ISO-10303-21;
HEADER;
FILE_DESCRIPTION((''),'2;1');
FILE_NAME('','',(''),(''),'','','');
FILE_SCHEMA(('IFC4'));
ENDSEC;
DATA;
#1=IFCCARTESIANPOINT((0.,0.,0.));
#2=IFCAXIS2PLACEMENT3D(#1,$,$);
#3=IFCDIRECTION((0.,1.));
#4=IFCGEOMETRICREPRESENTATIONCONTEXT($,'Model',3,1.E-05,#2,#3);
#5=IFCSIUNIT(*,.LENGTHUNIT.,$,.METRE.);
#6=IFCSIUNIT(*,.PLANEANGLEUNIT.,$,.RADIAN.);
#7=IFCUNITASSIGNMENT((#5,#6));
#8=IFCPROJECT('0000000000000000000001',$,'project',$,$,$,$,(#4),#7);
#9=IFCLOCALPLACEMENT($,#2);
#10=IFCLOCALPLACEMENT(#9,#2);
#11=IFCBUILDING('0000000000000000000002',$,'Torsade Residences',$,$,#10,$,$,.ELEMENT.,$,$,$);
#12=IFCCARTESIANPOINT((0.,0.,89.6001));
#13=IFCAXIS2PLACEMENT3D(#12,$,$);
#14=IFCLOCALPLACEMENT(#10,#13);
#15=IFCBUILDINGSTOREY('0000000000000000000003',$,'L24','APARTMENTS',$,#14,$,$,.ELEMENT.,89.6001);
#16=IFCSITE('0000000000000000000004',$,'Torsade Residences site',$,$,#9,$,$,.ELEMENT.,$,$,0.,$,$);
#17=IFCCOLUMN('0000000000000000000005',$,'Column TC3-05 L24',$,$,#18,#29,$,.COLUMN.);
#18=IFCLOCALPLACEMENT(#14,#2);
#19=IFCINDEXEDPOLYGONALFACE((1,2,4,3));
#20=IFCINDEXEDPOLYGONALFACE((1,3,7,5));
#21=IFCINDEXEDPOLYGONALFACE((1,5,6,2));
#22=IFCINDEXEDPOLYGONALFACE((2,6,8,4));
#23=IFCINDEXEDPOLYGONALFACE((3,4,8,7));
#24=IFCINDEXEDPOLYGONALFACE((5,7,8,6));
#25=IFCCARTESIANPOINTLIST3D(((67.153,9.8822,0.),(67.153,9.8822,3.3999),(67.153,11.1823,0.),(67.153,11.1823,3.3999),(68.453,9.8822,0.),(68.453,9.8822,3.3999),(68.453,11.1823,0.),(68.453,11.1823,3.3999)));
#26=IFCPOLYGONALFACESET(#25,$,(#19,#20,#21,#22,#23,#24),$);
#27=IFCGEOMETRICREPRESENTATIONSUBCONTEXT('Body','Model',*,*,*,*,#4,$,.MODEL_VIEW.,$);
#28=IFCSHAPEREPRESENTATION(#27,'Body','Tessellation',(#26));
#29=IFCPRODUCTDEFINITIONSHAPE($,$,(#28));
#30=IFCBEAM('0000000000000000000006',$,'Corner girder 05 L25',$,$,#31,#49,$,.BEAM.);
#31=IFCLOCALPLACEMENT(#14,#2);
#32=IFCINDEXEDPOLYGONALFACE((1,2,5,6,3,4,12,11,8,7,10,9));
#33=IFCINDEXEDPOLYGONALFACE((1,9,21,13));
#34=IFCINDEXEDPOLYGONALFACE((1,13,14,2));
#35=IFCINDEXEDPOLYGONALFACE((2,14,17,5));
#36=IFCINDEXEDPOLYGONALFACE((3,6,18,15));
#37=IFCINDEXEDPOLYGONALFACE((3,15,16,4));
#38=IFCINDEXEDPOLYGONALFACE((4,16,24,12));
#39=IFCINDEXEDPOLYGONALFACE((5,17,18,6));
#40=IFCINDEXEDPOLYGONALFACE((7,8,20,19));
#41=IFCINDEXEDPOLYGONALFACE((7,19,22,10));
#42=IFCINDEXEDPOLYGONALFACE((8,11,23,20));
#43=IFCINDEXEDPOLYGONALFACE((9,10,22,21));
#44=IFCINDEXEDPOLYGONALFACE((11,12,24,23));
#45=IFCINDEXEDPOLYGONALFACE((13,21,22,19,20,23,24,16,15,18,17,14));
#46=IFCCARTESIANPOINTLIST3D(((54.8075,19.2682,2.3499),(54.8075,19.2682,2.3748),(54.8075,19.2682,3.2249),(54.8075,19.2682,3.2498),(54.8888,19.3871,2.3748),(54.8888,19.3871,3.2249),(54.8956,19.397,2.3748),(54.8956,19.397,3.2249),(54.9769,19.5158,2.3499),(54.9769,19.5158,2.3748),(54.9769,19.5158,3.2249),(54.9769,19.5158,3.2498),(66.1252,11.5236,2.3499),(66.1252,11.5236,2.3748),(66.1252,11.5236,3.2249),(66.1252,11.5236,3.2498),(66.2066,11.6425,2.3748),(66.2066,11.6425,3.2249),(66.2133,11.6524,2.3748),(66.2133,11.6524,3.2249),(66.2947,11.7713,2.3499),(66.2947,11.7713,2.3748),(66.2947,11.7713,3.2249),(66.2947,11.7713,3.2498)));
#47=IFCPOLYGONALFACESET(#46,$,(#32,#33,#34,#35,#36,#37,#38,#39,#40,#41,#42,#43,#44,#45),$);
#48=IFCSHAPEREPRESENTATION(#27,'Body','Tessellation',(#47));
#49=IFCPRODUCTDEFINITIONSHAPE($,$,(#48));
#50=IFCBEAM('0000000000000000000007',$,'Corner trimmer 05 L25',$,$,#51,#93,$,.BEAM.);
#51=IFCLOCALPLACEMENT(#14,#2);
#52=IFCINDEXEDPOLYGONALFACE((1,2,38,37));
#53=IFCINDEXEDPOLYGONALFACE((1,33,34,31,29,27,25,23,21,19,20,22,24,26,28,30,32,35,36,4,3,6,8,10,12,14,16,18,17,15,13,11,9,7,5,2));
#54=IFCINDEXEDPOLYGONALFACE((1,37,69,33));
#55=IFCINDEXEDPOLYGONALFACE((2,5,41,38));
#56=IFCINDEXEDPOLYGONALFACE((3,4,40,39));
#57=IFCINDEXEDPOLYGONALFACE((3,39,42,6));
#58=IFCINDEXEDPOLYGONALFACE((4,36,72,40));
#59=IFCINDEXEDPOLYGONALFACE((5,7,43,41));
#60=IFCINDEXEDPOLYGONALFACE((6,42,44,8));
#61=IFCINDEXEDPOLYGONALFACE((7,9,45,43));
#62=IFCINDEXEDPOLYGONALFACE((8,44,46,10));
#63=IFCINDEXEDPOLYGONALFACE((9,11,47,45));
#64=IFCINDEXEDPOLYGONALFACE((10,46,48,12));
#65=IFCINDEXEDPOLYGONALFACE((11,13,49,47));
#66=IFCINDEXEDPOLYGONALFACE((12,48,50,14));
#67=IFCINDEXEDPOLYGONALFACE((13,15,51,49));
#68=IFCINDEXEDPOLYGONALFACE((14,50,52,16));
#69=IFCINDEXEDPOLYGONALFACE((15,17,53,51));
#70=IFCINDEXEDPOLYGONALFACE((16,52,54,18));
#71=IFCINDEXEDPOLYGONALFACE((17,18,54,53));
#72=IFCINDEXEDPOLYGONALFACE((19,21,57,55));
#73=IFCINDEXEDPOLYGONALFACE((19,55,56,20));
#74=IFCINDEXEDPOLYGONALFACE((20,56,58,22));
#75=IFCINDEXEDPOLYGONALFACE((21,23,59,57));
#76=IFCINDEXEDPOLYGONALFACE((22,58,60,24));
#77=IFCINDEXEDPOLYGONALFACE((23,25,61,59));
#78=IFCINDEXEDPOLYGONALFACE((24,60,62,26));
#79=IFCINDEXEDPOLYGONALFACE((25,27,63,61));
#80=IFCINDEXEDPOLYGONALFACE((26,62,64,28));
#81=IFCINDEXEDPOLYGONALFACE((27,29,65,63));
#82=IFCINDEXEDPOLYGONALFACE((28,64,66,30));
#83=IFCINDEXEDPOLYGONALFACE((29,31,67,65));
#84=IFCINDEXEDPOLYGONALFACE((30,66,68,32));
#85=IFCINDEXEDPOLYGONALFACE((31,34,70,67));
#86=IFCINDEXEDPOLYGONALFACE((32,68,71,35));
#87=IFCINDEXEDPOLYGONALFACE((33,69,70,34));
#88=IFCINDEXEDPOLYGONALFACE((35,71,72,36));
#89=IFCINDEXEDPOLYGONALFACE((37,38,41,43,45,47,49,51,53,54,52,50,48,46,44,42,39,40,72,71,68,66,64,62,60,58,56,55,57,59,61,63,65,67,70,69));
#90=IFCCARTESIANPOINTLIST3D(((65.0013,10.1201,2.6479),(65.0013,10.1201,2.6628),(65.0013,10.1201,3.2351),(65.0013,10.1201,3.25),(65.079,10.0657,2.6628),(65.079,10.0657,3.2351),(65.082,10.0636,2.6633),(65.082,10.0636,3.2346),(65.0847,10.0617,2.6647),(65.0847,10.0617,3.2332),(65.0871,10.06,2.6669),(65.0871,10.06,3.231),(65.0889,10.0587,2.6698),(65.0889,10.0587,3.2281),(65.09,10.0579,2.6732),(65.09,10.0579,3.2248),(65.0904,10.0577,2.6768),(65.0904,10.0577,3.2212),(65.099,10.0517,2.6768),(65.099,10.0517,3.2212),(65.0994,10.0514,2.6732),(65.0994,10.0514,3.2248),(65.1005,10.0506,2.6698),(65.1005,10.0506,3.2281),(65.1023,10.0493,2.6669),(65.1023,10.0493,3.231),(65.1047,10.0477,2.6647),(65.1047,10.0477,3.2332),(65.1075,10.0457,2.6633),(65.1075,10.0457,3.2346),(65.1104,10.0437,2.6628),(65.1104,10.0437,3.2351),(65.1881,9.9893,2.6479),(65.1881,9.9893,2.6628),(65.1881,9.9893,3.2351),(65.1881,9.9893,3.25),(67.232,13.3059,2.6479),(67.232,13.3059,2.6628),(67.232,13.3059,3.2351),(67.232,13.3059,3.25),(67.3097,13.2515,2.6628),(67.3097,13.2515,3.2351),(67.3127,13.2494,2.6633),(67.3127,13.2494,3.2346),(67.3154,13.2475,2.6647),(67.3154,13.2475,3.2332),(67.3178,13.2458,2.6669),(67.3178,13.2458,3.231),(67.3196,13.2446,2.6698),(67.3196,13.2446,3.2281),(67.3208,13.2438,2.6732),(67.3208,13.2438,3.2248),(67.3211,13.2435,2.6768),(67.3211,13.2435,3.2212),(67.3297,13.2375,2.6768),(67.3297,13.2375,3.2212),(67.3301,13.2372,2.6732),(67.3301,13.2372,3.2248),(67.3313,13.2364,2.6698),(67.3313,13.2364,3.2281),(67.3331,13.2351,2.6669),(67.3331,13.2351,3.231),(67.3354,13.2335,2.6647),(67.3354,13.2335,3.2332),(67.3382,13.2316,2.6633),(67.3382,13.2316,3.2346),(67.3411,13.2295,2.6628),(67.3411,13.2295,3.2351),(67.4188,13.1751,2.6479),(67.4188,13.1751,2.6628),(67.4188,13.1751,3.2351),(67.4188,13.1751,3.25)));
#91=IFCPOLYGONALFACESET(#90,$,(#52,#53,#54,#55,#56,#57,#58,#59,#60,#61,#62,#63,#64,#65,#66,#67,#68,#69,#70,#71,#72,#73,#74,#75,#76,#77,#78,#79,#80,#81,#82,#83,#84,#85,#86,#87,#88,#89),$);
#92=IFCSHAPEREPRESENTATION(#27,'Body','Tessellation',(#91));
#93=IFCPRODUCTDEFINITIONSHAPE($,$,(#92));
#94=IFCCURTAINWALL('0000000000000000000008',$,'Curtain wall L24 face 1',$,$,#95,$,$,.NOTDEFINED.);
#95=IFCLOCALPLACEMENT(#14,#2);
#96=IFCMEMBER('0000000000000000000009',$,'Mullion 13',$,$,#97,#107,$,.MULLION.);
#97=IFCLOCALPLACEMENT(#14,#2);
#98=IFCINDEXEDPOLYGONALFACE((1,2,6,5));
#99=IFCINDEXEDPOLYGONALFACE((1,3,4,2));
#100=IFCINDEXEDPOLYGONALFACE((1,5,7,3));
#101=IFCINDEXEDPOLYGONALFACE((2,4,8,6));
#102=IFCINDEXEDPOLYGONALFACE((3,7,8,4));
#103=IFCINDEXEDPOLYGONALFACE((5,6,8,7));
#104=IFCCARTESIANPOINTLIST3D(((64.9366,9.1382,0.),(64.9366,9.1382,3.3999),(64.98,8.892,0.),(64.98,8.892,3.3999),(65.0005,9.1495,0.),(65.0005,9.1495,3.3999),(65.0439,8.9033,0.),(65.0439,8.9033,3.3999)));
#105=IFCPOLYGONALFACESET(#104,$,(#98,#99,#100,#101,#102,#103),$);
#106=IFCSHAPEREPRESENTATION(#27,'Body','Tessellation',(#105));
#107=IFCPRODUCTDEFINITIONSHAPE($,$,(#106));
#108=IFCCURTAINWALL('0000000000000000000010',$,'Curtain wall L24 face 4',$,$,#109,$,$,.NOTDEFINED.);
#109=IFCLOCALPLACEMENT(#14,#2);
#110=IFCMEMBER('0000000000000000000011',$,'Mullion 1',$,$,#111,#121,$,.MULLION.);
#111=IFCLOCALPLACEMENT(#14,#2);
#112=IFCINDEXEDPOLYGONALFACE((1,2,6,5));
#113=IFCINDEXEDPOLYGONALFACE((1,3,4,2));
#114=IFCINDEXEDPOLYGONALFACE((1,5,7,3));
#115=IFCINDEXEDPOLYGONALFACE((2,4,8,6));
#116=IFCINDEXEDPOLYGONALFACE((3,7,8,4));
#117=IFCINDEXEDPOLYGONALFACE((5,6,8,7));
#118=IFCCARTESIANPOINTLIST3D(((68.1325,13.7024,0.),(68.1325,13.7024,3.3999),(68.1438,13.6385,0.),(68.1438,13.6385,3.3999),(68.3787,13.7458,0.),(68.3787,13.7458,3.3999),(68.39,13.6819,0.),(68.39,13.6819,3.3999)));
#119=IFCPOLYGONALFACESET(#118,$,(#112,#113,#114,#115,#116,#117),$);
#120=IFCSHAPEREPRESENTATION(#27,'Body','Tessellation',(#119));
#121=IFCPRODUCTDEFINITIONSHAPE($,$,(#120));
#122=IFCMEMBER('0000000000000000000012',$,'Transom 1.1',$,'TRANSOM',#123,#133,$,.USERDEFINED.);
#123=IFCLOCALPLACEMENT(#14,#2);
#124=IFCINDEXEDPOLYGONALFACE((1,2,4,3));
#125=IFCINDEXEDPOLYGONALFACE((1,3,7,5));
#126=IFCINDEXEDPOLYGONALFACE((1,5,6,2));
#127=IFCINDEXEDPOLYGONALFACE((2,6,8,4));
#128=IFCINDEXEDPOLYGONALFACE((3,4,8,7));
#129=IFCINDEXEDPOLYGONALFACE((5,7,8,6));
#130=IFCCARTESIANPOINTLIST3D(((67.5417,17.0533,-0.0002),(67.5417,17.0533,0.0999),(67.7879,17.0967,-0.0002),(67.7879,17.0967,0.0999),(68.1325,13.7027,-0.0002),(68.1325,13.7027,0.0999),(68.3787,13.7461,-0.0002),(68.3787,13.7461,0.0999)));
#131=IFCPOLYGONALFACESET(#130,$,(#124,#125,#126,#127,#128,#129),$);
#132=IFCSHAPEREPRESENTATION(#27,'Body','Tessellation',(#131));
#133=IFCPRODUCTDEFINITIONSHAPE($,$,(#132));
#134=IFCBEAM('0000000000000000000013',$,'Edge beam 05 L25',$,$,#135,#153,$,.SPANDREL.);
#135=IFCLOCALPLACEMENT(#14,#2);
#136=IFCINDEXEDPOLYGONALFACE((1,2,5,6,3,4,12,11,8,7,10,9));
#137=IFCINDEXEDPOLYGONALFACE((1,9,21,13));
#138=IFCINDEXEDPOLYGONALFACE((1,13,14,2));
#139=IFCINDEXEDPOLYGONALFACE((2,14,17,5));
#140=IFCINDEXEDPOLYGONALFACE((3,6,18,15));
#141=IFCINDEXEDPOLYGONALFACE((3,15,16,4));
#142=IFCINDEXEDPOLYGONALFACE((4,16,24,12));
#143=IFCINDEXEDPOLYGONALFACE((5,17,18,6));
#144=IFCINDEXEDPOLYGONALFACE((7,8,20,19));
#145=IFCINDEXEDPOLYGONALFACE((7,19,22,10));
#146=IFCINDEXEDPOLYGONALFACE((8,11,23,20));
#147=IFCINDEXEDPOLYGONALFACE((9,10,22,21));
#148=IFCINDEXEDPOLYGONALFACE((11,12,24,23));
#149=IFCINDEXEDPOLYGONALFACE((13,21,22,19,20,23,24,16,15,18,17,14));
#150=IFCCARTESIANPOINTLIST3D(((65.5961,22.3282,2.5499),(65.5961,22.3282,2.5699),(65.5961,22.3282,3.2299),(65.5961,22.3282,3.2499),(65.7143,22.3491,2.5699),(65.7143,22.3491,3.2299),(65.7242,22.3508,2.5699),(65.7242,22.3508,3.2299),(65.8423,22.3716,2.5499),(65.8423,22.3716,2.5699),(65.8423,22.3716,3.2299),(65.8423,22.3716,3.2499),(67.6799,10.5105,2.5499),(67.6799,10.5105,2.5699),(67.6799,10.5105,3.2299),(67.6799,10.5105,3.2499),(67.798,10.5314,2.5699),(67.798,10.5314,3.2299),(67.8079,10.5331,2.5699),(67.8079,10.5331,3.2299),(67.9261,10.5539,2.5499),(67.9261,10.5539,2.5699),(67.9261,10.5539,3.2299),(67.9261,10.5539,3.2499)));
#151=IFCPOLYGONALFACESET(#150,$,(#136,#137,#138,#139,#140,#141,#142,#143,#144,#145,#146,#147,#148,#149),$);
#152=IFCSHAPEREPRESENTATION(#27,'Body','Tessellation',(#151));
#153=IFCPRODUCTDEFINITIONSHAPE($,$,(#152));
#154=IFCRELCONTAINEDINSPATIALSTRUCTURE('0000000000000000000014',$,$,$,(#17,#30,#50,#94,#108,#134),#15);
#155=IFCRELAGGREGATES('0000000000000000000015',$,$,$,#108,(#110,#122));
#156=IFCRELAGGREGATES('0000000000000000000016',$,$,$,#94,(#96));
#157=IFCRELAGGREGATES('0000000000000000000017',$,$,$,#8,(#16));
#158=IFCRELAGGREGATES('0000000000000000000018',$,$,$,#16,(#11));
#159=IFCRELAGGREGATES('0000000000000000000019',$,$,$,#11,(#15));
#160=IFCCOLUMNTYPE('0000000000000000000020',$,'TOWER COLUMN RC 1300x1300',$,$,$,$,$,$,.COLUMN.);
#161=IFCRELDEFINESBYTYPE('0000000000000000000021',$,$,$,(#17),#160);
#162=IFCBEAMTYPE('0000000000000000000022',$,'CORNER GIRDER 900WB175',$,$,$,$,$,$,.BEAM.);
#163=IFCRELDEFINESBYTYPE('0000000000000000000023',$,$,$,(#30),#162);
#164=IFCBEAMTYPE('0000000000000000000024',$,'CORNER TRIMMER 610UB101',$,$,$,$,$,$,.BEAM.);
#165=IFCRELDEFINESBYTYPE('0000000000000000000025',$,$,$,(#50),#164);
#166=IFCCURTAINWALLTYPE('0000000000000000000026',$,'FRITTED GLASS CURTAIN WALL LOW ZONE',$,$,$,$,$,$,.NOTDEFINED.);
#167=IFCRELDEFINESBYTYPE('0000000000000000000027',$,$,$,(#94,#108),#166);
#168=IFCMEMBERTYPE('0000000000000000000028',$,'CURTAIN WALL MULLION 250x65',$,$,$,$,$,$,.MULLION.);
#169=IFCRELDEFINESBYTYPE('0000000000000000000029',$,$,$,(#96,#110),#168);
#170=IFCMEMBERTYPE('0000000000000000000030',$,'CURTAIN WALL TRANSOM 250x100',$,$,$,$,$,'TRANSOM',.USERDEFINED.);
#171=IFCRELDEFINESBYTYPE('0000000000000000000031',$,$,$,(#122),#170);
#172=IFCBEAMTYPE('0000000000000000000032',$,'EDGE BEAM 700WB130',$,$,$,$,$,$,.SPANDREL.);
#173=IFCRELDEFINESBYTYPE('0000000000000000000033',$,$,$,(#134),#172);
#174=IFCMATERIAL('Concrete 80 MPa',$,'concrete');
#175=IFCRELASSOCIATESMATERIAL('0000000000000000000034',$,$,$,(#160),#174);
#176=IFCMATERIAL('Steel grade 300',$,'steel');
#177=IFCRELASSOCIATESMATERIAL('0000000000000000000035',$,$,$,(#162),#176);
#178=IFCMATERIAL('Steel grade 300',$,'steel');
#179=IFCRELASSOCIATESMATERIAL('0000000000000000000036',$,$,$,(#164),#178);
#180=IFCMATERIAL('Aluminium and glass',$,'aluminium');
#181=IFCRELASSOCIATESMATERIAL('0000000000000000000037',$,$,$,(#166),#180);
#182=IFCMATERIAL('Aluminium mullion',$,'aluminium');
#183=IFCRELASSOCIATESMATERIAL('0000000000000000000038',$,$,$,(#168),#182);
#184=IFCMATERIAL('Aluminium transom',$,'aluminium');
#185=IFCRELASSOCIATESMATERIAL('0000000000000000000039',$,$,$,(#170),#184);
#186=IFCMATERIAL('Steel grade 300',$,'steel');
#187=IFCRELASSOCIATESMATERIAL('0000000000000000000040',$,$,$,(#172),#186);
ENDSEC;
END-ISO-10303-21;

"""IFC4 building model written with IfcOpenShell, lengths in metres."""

from ifc_helpers import new_model, si_unit, direction, frame, origin, origin_2d, place, context, subcontext, project, spatial, rectangle, i_section, extrude, material, material_profile, profile_set, type_object, element, aggregate, save


model = new_model("IFC4")

# Units and contexts
model_context = context("Model", 3, precision=1e-05, world=origin(), true_north=direction((0.0, 1.0)))
body_context = subcontext(model_context, "Body", "Model", "MODEL_VIEW")
ifc_project = project(units=[si_unit("LENGTHUNIT", "METRE"), si_unit("PLANEANGLEUNIT", "RADIAN")], contexts=[model_context])

# Site, building, storey
site_placement = place(None, origin())
site = spatial("IfcSite", under=ifc_project, at=site_placement, Name="Torsade Residences site", CompositionType="ELEMENT", RefElevation=0.0)
building_placement = place(site_placement, origin())
building = spatial("IfcBuilding", under=site, at=building_placement, Name="Torsade Residences", CompositionType="ELEMENT")
storey_placement = place(building_placement, frame((0.0, 0.0, 89.6001)))
storey = spatial("IfcBuildingStorey", under=building, at=storey_placement, Name="L24", Description="APARTMENTS", CompositionType="ELEMENT", Elevation=89.6001)

# Column
ifc_material_1 = material(Name="Concrete 80 MPa", Category="concrete")
ifc_material_profile_1 = material_profile(ifc_material_1, rectangle(XDim=1.3, YDim=1.3, at=origin_2d()), Name="RC 1300x1300")
ifc_profile_set_1 = profile_set([ifc_material_profile_1], Name="Concrete 80 MPa")
column_type = type_object("IfcColumnType", Name="TOWER COLUMN RC 1300x1300", PredefinedType="COLUMN", material=ifc_profile_set_1)
column_placement = place(storey_placement, frame((67.803, 10.5322, 0.0), z_axis=(0.0, 0.0, 1.0), x_axis=(1.0, 0.0, 0.0)))
element("IfcColumn", 1, at=column_placement, inside=storey, type_object=column_type, Name="Column TC3-05 L24", PredefinedType="COLUMN", context=body_context, shape_type="SweptSolid", body=[
    extrude(rectangle(XDim=1.3, YDim=1.3, at=origin_2d()), origin(), (0.0, 0.0, 1.0), 3.3999),
])

# Beams
ifc_material_2 = material(Name="Steel grade 300", Category="steel")
ifc_material_profile_2 = material_profile(ifc_material_2, i_section(OverallWidth=0.3, OverallDepth=0.8999, WebThickness=0.012, FlangeThickness=0.0249, at=origin_2d()), Name="900WB175")
ifc_profile_set_2 = profile_set([ifc_material_profile_2], Name="Steel grade 300")
beam_type_1 = type_object("IfcBeamType", Name="CORNER GIRDER 900WB175", PredefinedType="BEAM", material=ifc_profile_set_2)
beam_1_placement = place(storey_placement, frame((66.21, 11.6475, 2.7998), z_axis=(-0.825279, 0.564725, 0.0), x_axis=(-0.564725, -0.825279, 0.0)))
element("IfcBeam", 2, at=beam_1_placement, inside=storey, type_object=beam_type_1, Name="Corner girder 05 L25", PredefinedType="BEAM", context=body_context, shape_type="SweptSolid", body=[
    extrude(i_section(OverallWidth=0.3, OverallDepth=0.8999, WebThickness=0.012, FlangeThickness=0.0249, at=origin_2d()), origin(), (0.0, 0.0, 1.0), 13.7139),
])
ifc_material_3 = material(Name="Steel grade 300", Category="steel")
ifc_material_profile_3 = material_profile(ifc_material_3, i_section(OverallWidth=0.228, OverallDepth=0.6021, WebThickness=0.0105, FlangeThickness=0.0149, FilletRadius=0.0139, at=origin_2d()), Name="610UB101")
ifc_profile_set_3 = profile_set([ifc_material_profile_3], Name="Steel grade 300")
beam_type_2 = type_object("IfcBeamType", Name="CORNER TRIMMER 610UB101", PredefinedType="BEAM", material=ifc_profile_set_3)
beam_2_placement = place(storey_placement, frame((67.3254, 13.2405, 2.949), z_axis=(-0.573576, -0.819152, 0.0), x_axis=(0.819152, -0.573576, 0.0)))
element("IfcBeam", 3, at=beam_2_placement, inside=storey, type_object=beam_type_2, Name="Corner trimmer 05 L25", PredefinedType="BEAM", context=body_context, shape_type="SweptSolid", body=[
    extrude(i_section(OverallWidth=0.228, OverallDepth=0.6021, WebThickness=0.0105, FlangeThickness=0.0149, FilletRadius=0.0139, at=origin_2d()), origin(), (0.0, 0.0, 1.0), 3.8892),
])

# Curtain wall, member
ifc_material_4 = material(Name="Aluminium and glass", Category="aluminium")
curtain_wall_type = type_object("IfcCurtainWallType", Name="FRITTED GLASS CURTAIN WALL LOW ZONE", PredefinedType="NOTDEFINED", material=ifc_material_4)
curtain_wall_1_placement = place(storey_placement, origin())
curtain_wall_1 = element("IfcCurtainWall", 4, at=curtain_wall_1_placement, inside=storey, type_object=curtain_wall_type, Name="Curtain wall L24 face 1", PredefinedType="NOTDEFINED")
ifc_material_5 = material(Name="Aluminium mullion", Category="aluminium")
ifc_material_profile_4 = material_profile(ifc_material_5, rectangle(XDim=0.25, YDim=0.0649, at=origin_2d()), Name="CURTAIN WALL MULLION 250x65")
ifc_profile_set_4 = profile_set([ifc_material_profile_4], Name="Aluminium mullion")
member_type_1 = type_object("IfcMemberType", Name="CURTAIN WALL MULLION 250x65", PredefinedType="MULLION", material=ifc_profile_set_4)
member_1_placement = place(storey_placement, frame((64.9902, 9.0208, 0.0), z_axis=(0.0, 0.0, 1.0), x_axis=(-0.173648, 0.984808, 0.0)))
member_1 = element("IfcMember", 5, at=member_1_placement, type_object=member_type_1, Name="Mullion 13", PredefinedType="MULLION", context=body_context, shape_type="SweptSolid", body=[
    extrude(rectangle(XDim=0.25, YDim=0.0649, at=origin_2d()), origin(), (0.0, 0.0, 1.0), 3.3999),
])

# Curtain wall, members
curtain_wall_2_placement = place(storey_placement, origin())
curtain_wall_2 = element("IfcCurtainWall", 6, at=curtain_wall_2_placement, inside=storey, type_object=curtain_wall_type, Name="Curtain wall L24 face 4", PredefinedType="NOTDEFINED")
member_2_placement = place(storey_placement, frame((68.2612, 13.6921, 0.0), z_axis=(0.0, 0.0, 1.0), x_axis=(-0.984808, -0.173648, 0.0)))
member_2 = element("IfcMember", 7, at=member_2_placement, type_object=member_type_1, Name="Mullion 1", PredefinedType="MULLION", context=body_context, shape_type="SweptSolid", body=[
    extrude(rectangle(XDim=0.25, YDim=0.0649, at=origin_2d()), origin(), (0.0, 0.0, 1.0), 3.3999),
])
ifc_material_6 = material(Name="Aluminium transom", Category="aluminium")
ifc_material_profile_5 = material_profile(ifc_material_6, rectangle(XDim=0.25, YDim=0.1001, at=origin_2d()), Name="CURTAIN WALL TRANSOM 250x100")
ifc_profile_set_5 = profile_set([ifc_material_profile_5], Name="Aluminium transom")
member_type_2 = type_object("IfcMemberType", Name="CURTAIN WALL TRANSOM 250x100", ElementType="TRANSOM", PredefinedType="USERDEFINED", material=ifc_profile_set_5)
member_3_placement = place(storey_placement, frame((68.2556, 13.7244, 0.0498), z_axis=(-0.173654, 0.984807, 0.0), x_axis=(-0.984807, -0.173654, 0.0)))
member_3 = element("IfcMember", 8, at=member_3_placement, type_object=member_type_2, Name="Transom 1.1", ObjectType="TRANSOM", PredefinedType="USERDEFINED", context=body_context, shape_type="SweptSolid", body=[
    extrude(rectangle(XDim=0.25, YDim=0.1001, at=origin_2d()), origin(), (0.0, 0.0, 1.0), 3.4023),
])
aggregate(curtain_wall_2, [member_2, member_3])

# Beam
ifc_material_7 = material(Name="Steel grade 300", Category="steel")
ifc_material_profile_6 = material_profile(ifc_material_7, i_section(OverallWidth=0.25, OverallDepth=0.7, WebThickness=0.01, FlangeThickness=0.02, at=origin_2d()), Name="700WB130")
ifc_profile_set_6 = profile_set([ifc_material_profile_6], Name="Steel grade 300")
beam_type_3 = type_object("IfcBeamType", Name="EDGE BEAM 700WB130", PredefinedType="SPANDREL", material=ifc_profile_set_6)
beam_3_placement = place(storey_placement, frame((67.803, 10.5322, 2.8999), z_axis=(-0.173646, 0.984808, 0.0), x_axis=(-0.984808, -0.173646, 0.0)))
element("IfcBeam", 9, at=beam_3_placement, inside=storey, type_object=beam_type_3, Name="Edge beam 05 L25", PredefinedType="SPANDREL", context=body_context, shape_type="SweptSolid", body=[
    extrude(i_section(OverallWidth=0.25, OverallDepth=0.7, WebThickness=0.01, FlangeThickness=0.02, at=origin_2d()), origin(), (0.0, 0.0, 1.0), 12.0),
])

aggregate(curtain_wall_1, [member_1])

save(model, "model.ifc")
